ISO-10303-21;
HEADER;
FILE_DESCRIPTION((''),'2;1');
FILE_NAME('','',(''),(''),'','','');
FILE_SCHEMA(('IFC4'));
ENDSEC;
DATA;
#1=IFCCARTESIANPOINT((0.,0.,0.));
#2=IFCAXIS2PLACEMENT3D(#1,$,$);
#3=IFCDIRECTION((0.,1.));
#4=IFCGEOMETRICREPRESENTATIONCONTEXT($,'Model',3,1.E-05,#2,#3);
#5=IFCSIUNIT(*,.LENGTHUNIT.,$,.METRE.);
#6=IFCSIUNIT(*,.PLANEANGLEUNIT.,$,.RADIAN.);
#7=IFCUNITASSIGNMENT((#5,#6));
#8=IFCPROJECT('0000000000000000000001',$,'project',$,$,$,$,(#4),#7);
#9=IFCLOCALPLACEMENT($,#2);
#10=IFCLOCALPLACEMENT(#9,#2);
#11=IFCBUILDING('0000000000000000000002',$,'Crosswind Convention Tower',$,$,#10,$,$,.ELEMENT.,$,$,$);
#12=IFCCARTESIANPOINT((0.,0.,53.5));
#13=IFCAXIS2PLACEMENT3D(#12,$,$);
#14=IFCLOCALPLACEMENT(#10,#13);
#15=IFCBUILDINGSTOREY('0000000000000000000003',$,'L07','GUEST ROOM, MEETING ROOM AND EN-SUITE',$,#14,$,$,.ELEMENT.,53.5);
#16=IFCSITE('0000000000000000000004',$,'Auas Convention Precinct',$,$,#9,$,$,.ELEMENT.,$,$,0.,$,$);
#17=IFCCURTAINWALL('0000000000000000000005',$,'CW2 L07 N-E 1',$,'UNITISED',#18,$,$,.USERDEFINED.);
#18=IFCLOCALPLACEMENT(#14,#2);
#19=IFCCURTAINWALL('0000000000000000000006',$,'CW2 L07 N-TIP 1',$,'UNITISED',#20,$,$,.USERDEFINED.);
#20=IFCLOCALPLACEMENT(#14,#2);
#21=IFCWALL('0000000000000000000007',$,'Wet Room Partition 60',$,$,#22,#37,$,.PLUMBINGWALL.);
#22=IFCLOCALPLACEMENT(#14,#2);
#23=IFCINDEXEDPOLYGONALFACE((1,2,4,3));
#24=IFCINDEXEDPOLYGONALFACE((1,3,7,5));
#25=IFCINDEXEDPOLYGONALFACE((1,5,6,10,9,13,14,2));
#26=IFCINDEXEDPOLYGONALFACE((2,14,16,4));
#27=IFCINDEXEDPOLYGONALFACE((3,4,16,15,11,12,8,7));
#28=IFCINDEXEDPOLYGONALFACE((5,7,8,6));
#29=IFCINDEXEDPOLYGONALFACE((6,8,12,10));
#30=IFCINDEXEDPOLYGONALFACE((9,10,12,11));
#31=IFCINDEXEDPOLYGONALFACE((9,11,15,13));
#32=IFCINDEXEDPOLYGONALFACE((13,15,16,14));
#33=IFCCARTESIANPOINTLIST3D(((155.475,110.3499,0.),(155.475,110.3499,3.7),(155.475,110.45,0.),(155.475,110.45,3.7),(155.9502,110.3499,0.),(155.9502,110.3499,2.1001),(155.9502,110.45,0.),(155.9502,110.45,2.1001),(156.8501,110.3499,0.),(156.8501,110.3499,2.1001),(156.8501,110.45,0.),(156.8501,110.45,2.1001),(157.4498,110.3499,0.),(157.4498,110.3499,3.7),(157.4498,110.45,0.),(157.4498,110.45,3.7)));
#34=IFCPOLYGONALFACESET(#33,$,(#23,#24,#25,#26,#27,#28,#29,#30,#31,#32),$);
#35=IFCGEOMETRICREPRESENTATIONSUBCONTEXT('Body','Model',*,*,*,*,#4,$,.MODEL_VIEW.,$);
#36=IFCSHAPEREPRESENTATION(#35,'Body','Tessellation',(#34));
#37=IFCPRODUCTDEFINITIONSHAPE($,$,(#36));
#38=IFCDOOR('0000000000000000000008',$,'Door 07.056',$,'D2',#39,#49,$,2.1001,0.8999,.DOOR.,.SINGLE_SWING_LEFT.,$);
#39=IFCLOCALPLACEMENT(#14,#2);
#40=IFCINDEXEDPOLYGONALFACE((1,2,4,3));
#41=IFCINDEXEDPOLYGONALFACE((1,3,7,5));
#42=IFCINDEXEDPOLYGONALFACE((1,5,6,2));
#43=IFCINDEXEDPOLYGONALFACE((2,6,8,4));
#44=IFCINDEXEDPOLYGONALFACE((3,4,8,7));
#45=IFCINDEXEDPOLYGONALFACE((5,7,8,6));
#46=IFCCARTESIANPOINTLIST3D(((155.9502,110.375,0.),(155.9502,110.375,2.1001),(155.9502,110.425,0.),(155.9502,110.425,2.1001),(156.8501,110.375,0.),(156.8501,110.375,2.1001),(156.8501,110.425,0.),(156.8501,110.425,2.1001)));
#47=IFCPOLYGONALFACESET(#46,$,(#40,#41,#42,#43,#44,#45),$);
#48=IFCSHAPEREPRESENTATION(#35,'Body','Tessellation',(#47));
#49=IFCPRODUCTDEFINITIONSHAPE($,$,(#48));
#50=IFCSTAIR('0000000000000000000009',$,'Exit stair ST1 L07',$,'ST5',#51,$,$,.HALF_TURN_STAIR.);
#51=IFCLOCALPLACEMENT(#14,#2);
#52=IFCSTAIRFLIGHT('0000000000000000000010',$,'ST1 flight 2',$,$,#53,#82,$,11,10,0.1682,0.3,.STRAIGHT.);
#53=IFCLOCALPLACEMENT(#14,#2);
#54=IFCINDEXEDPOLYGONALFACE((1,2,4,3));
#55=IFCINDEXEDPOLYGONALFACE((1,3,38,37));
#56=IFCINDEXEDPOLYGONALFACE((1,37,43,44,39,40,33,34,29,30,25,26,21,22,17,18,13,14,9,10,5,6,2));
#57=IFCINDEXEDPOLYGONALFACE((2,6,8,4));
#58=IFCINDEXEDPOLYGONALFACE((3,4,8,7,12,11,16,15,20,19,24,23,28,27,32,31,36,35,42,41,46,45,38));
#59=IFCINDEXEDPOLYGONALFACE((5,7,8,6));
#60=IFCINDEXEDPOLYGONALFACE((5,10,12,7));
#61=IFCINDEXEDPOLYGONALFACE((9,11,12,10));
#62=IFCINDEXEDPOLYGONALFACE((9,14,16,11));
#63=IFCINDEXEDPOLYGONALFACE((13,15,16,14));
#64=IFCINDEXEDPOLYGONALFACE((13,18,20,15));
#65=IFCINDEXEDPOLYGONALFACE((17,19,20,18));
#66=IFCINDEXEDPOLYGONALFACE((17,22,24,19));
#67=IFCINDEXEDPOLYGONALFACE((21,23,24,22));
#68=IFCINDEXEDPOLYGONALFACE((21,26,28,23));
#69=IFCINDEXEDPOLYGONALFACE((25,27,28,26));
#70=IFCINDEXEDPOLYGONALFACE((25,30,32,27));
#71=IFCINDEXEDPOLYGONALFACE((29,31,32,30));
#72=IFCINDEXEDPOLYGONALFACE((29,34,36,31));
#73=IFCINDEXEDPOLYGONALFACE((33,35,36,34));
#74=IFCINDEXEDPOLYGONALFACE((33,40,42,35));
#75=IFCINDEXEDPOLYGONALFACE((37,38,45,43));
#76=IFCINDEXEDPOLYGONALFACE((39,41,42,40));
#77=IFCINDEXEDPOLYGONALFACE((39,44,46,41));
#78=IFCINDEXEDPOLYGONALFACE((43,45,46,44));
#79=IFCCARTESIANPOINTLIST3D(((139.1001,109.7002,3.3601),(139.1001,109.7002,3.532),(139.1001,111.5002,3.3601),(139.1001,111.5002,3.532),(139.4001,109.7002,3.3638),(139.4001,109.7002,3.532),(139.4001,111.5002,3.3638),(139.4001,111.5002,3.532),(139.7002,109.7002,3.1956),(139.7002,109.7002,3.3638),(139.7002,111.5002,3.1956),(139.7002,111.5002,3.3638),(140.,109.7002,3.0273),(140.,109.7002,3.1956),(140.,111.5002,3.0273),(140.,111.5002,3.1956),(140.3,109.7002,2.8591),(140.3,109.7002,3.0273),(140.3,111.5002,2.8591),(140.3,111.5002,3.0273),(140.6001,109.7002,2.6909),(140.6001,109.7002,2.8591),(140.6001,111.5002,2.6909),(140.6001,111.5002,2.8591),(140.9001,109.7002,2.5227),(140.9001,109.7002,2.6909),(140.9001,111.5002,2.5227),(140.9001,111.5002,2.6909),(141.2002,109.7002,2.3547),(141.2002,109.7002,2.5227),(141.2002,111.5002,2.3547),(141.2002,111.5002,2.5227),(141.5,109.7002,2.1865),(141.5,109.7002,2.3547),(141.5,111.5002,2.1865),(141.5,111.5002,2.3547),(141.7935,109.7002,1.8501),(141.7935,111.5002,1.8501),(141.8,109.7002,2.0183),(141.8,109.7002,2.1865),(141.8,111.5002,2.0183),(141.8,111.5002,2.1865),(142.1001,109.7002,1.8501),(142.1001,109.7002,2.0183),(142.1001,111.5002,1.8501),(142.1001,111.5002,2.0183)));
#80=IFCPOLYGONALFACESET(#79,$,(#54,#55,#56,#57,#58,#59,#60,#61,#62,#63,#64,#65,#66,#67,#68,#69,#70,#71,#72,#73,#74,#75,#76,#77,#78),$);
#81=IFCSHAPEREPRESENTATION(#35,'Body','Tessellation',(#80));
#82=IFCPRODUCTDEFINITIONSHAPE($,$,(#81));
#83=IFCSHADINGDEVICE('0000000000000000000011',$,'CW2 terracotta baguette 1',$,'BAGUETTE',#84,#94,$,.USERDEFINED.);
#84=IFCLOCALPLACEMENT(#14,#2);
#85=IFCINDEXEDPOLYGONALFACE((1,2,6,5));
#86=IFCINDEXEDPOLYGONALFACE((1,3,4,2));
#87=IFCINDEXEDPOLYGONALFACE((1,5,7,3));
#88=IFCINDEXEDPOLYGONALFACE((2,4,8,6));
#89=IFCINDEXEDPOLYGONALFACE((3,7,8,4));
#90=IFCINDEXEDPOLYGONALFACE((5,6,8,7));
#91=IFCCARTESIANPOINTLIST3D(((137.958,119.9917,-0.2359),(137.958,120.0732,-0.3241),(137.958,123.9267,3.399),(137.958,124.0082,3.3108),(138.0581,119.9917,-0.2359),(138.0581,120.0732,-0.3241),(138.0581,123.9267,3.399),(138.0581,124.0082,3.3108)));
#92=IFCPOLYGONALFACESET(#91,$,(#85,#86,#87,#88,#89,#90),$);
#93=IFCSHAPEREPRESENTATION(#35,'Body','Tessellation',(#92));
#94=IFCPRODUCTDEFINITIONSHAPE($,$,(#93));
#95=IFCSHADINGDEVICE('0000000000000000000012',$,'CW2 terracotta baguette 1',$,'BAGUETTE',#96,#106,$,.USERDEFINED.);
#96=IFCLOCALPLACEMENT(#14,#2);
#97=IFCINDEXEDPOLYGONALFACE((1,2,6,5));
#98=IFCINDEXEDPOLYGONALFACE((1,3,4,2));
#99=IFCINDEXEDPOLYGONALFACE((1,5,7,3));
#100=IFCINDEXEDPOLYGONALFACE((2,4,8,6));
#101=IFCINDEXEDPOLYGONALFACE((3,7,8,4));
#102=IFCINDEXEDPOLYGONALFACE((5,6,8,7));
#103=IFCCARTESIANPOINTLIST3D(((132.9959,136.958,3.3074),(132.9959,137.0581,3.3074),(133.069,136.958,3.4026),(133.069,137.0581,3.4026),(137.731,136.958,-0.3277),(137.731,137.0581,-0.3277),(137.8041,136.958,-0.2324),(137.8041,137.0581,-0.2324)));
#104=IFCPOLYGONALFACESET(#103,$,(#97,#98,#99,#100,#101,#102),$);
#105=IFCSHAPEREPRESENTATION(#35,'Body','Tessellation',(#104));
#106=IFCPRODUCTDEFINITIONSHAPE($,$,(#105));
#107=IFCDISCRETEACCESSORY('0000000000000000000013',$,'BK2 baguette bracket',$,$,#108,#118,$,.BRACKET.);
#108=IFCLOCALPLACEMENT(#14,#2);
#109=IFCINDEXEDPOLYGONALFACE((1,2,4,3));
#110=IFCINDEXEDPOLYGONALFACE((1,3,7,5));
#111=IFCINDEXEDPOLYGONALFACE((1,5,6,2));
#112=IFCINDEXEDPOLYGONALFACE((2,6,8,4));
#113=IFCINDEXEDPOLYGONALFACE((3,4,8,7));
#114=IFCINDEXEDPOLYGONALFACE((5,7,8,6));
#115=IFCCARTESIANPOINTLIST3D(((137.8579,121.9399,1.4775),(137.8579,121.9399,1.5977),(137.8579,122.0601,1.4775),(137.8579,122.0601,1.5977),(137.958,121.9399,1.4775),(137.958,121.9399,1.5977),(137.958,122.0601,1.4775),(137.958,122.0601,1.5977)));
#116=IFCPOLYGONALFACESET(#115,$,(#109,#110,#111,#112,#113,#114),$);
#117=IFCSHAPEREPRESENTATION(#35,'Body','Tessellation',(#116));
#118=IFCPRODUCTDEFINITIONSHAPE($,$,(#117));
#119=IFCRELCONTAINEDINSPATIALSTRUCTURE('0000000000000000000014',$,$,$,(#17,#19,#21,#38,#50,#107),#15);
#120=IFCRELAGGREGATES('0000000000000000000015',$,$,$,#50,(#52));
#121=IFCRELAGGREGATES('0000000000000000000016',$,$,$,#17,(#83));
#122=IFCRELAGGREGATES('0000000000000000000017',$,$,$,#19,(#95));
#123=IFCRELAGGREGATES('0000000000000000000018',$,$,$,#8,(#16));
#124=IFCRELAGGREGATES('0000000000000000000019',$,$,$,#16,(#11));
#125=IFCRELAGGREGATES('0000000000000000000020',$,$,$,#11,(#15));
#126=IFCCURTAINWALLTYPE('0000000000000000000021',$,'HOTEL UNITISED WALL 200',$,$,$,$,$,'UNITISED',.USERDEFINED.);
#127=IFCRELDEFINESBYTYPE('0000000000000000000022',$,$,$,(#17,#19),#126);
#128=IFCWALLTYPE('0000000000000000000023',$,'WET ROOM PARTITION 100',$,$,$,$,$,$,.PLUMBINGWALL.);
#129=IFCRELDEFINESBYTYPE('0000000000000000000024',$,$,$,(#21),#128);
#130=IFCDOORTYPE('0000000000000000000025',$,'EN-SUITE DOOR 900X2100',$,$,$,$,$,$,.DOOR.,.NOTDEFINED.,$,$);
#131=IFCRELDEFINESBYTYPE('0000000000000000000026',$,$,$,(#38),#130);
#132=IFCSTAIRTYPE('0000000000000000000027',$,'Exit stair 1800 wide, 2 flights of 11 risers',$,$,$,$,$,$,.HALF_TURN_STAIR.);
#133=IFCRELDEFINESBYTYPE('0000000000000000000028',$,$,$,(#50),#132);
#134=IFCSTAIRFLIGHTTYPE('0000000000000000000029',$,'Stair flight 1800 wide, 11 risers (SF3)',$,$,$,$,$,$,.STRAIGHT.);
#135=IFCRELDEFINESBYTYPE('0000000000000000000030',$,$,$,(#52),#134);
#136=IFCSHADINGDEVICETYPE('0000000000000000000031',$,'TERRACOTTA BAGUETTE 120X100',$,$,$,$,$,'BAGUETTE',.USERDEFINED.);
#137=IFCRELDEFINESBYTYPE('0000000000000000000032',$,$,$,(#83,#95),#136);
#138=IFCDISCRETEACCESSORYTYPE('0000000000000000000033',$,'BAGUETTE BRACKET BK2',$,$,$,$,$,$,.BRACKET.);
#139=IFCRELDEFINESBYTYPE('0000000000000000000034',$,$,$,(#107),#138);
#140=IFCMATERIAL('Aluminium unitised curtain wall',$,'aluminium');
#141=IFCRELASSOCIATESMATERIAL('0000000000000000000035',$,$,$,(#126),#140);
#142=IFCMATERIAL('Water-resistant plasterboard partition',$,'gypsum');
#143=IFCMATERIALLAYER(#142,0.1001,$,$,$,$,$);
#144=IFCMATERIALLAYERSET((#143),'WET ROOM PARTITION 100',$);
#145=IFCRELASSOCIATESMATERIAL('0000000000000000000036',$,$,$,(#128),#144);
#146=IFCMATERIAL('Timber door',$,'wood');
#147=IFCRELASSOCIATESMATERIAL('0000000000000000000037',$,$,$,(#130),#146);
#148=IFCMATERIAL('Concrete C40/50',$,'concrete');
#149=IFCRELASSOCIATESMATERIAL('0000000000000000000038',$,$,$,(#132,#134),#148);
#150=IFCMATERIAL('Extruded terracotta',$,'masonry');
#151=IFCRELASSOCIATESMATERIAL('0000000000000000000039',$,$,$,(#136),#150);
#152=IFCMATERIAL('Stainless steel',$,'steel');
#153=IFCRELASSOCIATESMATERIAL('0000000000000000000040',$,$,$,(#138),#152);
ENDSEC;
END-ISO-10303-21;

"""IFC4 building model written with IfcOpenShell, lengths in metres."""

from ifc_helpers import new_model, si_unit, direction, frame, frame_2d, origin, origin_2d, place, context, subcontext, project, spatial, polyline, rectangle, outline, extrude, material, layer, layer_set, material_profile, profile_set, type_object, element, fill, aggregate, save


model = new_model("IFC4")

# Units and contexts
model_context = context("Model", 3, precision=1e-05, world=origin(), true_north=direction((0.0, 1.0)))
body_context = subcontext(model_context, "Body", "Model", "MODEL_VIEW")
ifc_project = project(units=[si_unit("LENGTHUNIT", "METRE"), si_unit("PLANEANGLEUNIT", "RADIAN")], contexts=[model_context])

# Site, building, storey
site_placement = place(None, origin())
site = spatial("IfcSite", under=ifc_project, at=site_placement, Name="Auas Convention Precinct", CompositionType="ELEMENT", RefElevation=0.0)
building_placement = place(site_placement, origin())
building = spatial("IfcBuilding", under=site, at=building_placement, Name="Crosswind Convention Tower", CompositionType="ELEMENT")
storey_placement = place(building_placement, frame((0.0, 0.0, 53.5)))
storey = spatial("IfcBuildingStorey", under=building, at=storey_placement, Name="L07", Description="GUEST ROOM, MEETING ROOM AND EN-SUITE", CompositionType="ELEMENT", Elevation=53.5)

# Shared definitions
ifc_material_1 = material(Name="Aluminium unitised curtain wall", Category="aluminium")

# Shared definitions
curtain_wall_type_1 = type_object("IfcCurtainWallType", Name="HOTEL UNITISED WALL 200", ElementType="UNITISED", PredefinedType="USERDEFINED", material=ifc_material_1)

# Curtain wall
curtain_wall_1_placement = place(storey_placement, origin())
curtain_wall_1 = element("IfcCurtainWall", 1, at=curtain_wall_1_placement, inside=storey, type_object=curtain_wall_type_1, Name="CW2 L07 N-E 1", ObjectType="UNITISED", PredefinedType="USERDEFINED")

# Curtain wall
curtain_wall_2_placement = place(storey_placement, origin())
curtain_wall_2 = element("IfcCurtainWall", 2, at=curtain_wall_2_placement, inside=storey, type_object=curtain_wall_type_1, Name="CW2 L07 N-TIP 1", ObjectType="UNITISED", PredefinedType="USERDEFINED")

# Wall, opening, door
ifc_material_2 = material(Name="Water-resistant plasterboard partition", Category="gypsum")
ifc_layer_1 = layer(ifc_material_2, 0.1001)
ifc_layer_set_1 = layer_set([ifc_layer_1], Name="WET ROOM PARTITION 100")
wall_type_1 = type_object("IfcWallType", Name="WET ROOM PARTITION 100", PredefinedType="PLUMBINGWALL", material=ifc_layer_set_1)
wall_1_placement = place(storey_placement, frame((155.4751, 110.3999, 0.0), z_axis=(0.0, 0.0, 1.0), x_axis=(1.0, 0.0, 0.0)))
wall_1 = element("IfcWall", 3, at=wall_1_placement, inside=storey, type_object=wall_type_1, Name="Wet Room Partition 60", PredefinedType="PLUMBINGWALL", context=body_context, shape_type="SweptSolid", body=[
    extrude(rectangle(XDim=1.9749, YDim=0.1001, at=frame_2d((0.9873, 0.0))), origin(), (0.0, 0.0, 1.0), 3.7),
])
opening_1_placement = place(wall_1_placement, frame((0.4751, 0.0, 0.0)))
opening_1 = element("IfcOpeningElement", 4, at=opening_1_placement, cuts=wall_1, PredefinedType="OPENING", context=body_context, shape_type="SweptSolid", body=[
    extrude(rectangle(XDim=0.8999, YDim=2.1001, at=frame_2d((0.45, 1.05))), frame((0.0, 0.0601, 0.0), z_axis=(0.0, -1.0, 0.0), x_axis=(1.0, 0.0, 0.0)), (0.0, 0.0, 1.0), 0.1201),
])
ifc_material_3 = material(Name="Timber door", Category="wood")
door_type_1 = type_object("IfcDoorType", Name="EN-SUITE DOOR 900X2100", OperationType="NOTDEFINED", PredefinedType="DOOR", material=ifc_material_3)
door_1_placement = place(opening_1_placement, frame((0.8999, 0.0, 0.0), z_axis=(0.0, 0.0, 1.0), x_axis=(-1.0, 0.0, 0.0)))
door_1 = element("IfcDoor", 5, at=door_1_placement, inside=storey, type_object=door_type_1, Name="Door 07.056", ObjectType="D2", OperationType="SINGLE_SWING_LEFT", OverallHeight=2.1001, OverallWidth=0.8999, PredefinedType="DOOR", context=body_context, shape_type="SweptSolid", body=[
    extrude(rectangle(XDim=0.8999, YDim=2.1001, at=frame_2d((0.45, 1.05))), frame((0.0, 0.0249, 0.0), z_axis=(0.0, -1.0, 0.0), x_axis=(1.0, 0.0, 0.0)), (0.0, 0.0, 1.0), 0.05),
])
fill(opening_1, door_1)

# Stair, stair flight
ifc_material_4 = material(Name="Concrete C40/50", Category="concrete")
stair_type = type_object("IfcStairType", Name="Exit stair 1800 wide, 2 flights of 11 risers", PredefinedType="HALF_TURN_STAIR", material=ifc_material_4)
stair_placement = place(storey_placement, origin())
stair = element("IfcStair", 6, at=stair_placement, inside=storey, type_object=stair_type, Name="Exit stair ST1 L07", ObjectType="ST5", PredefinedType="HALF_TURN_STAIR")
stair_flight_type = type_object("IfcStairFlightType", Name="Stair flight 1800 wide, 11 risers (SF3)", PredefinedType="STRAIGHT", material=ifc_material_4)
stair_flight_placement = place(storey_placement, frame((142.1001, 110.6001, 1.8501), z_axis=(0.0, 0.0, 1.0), x_axis=(-1.0, 0.0, 0.0)))
stair_flight = element("IfcStairFlight", 7, at=stair_flight_placement, type_object=stair_flight_type, Name="ST1 flight 2", NumberOfRisers=11, NumberOfTreads=10, PredefinedType="STRAIGHT", RiserHeight=0.1682, TreadLength=0.3, context=body_context, shape_type="SweptSolid", body=[
    extrude(outline(polyline([(0.0, 0.0), (0.0, 0.1682), (0.3, 0.1682), (0.3, 0.3364), (0.6001, 0.3364), (0.6001, 0.5046), (0.8999, 0.5046), (0.8999, 0.6726), (1.2, 0.6726), (1.2, 0.8408), (1.5, 0.8408), (1.5, 1.009), (1.8, 1.009), (1.8, 1.1772), (2.1001, 1.1772), (2.1001, 1.3455), (2.3999, 1.3455), (2.3999, 1.5137), (2.7, 1.5137), (2.7, 1.6819), (3.0, 1.6819), (3.0, 1.8501), (3.0, 1.51), (0.3066, 0.0), (0.0, 0.0)])), frame((0.0, 0.8999, 0.0), z_axis=(0.0, -1.0, 0.0), x_axis=(1.0, 0.0, 0.0)), (0.0, 0.0, 1.0), 1.8),
])
aggregate(stair, [stair_flight])

# Shared definitions
ifc_material_5 = material(Name="Stainless steel", Category="steel")

# Shading devices
ifc_material_6 = material(Name="Extruded terracotta", Category="masonry")
ifc_material_profile_1 = material_profile(ifc_material_6, rectangle(XDim=0.1001, YDim=0.1201, at=origin_2d()), Name="TC 100X120")
ifc_profile_set_1 = profile_set([ifc_material_profile_1], Name="Extruded terracotta")
shading_device_type = type_object("IfcShadingDeviceType", Name="TERRACOTTA BAGUETTE 120X100", ElementType="BAGUETTE", PredefinedType="USERDEFINED", material=ifc_profile_set_1)
shading_device_1_placement = place(storey_placement, frame((138.0081, 120.0325, -0.28), z_axis=(0.0, 0.734557, 0.678547), x_axis=(-1.0, 0.0, 0.0)))
shading_device_1 = element("IfcShadingDevice", 8, at=shading_device_1_placement, type_object=shading_device_type, Name="CW2 terracotta baguette 1", ObjectType="BAGUETTE", PredefinedType="USERDEFINED", context=body_context, shape_type="SweptSolid", body=[
    extrude(rectangle(XDim=0.1001, YDim=0.1201, at=origin_2d()), origin(), (0.0, 0.0, 1.0), 5.3569),
])
aggregate(curtain_wall_1, [shading_device_1])
shading_device_2_placement = place(storey_placement, frame((137.7676, 137.0081, -0.28), z_axis=(-0.793221, 0.0, 0.608934), x_axis=(0.0, -1.0, 0.0)))
shading_device_2 = element("IfcShadingDevice", 9, at=shading_device_2_placement, type_object=shading_device_type, Name="CW2 terracotta baguette 1", ObjectType="BAGUETTE", PredefinedType="USERDEFINED", context=body_context, shape_type="SweptSolid", body=[
    extrude(rectangle(XDim=0.1001, YDim=0.1201, at=origin_2d()), origin(), (0.0, 0.0, 1.0), 5.9695),
])
aggregate(curtain_wall_2, [shading_device_2])

# Discrete accessory
discrete_accessory_type = type_object("IfcDiscreteAccessoryType", Name="BAGUETTE BRACKET BK2", PredefinedType="BRACKET", material=ifc_material_5)
discrete_accessory_placement = place(storey_placement, frame((137.908, 122.0, 1.4775), z_axis=(0.0, 0.0, 1.0), x_axis=(0.0, 1.0, 0.0)))
element("IfcDiscreteAccessory", 10, at=discrete_accessory_placement, inside=storey, type_object=discrete_accessory_type, Name="BK2 baguette bracket", PredefinedType="BRACKET", context=body_context, shape_type="SweptSolid", body=[
    extrude(rectangle(XDim=0.1201, YDim=0.1001, at=origin_2d()), origin(), (0.0, 0.0, 1.0), 0.1201),
])

save(model, "model.ifc")
